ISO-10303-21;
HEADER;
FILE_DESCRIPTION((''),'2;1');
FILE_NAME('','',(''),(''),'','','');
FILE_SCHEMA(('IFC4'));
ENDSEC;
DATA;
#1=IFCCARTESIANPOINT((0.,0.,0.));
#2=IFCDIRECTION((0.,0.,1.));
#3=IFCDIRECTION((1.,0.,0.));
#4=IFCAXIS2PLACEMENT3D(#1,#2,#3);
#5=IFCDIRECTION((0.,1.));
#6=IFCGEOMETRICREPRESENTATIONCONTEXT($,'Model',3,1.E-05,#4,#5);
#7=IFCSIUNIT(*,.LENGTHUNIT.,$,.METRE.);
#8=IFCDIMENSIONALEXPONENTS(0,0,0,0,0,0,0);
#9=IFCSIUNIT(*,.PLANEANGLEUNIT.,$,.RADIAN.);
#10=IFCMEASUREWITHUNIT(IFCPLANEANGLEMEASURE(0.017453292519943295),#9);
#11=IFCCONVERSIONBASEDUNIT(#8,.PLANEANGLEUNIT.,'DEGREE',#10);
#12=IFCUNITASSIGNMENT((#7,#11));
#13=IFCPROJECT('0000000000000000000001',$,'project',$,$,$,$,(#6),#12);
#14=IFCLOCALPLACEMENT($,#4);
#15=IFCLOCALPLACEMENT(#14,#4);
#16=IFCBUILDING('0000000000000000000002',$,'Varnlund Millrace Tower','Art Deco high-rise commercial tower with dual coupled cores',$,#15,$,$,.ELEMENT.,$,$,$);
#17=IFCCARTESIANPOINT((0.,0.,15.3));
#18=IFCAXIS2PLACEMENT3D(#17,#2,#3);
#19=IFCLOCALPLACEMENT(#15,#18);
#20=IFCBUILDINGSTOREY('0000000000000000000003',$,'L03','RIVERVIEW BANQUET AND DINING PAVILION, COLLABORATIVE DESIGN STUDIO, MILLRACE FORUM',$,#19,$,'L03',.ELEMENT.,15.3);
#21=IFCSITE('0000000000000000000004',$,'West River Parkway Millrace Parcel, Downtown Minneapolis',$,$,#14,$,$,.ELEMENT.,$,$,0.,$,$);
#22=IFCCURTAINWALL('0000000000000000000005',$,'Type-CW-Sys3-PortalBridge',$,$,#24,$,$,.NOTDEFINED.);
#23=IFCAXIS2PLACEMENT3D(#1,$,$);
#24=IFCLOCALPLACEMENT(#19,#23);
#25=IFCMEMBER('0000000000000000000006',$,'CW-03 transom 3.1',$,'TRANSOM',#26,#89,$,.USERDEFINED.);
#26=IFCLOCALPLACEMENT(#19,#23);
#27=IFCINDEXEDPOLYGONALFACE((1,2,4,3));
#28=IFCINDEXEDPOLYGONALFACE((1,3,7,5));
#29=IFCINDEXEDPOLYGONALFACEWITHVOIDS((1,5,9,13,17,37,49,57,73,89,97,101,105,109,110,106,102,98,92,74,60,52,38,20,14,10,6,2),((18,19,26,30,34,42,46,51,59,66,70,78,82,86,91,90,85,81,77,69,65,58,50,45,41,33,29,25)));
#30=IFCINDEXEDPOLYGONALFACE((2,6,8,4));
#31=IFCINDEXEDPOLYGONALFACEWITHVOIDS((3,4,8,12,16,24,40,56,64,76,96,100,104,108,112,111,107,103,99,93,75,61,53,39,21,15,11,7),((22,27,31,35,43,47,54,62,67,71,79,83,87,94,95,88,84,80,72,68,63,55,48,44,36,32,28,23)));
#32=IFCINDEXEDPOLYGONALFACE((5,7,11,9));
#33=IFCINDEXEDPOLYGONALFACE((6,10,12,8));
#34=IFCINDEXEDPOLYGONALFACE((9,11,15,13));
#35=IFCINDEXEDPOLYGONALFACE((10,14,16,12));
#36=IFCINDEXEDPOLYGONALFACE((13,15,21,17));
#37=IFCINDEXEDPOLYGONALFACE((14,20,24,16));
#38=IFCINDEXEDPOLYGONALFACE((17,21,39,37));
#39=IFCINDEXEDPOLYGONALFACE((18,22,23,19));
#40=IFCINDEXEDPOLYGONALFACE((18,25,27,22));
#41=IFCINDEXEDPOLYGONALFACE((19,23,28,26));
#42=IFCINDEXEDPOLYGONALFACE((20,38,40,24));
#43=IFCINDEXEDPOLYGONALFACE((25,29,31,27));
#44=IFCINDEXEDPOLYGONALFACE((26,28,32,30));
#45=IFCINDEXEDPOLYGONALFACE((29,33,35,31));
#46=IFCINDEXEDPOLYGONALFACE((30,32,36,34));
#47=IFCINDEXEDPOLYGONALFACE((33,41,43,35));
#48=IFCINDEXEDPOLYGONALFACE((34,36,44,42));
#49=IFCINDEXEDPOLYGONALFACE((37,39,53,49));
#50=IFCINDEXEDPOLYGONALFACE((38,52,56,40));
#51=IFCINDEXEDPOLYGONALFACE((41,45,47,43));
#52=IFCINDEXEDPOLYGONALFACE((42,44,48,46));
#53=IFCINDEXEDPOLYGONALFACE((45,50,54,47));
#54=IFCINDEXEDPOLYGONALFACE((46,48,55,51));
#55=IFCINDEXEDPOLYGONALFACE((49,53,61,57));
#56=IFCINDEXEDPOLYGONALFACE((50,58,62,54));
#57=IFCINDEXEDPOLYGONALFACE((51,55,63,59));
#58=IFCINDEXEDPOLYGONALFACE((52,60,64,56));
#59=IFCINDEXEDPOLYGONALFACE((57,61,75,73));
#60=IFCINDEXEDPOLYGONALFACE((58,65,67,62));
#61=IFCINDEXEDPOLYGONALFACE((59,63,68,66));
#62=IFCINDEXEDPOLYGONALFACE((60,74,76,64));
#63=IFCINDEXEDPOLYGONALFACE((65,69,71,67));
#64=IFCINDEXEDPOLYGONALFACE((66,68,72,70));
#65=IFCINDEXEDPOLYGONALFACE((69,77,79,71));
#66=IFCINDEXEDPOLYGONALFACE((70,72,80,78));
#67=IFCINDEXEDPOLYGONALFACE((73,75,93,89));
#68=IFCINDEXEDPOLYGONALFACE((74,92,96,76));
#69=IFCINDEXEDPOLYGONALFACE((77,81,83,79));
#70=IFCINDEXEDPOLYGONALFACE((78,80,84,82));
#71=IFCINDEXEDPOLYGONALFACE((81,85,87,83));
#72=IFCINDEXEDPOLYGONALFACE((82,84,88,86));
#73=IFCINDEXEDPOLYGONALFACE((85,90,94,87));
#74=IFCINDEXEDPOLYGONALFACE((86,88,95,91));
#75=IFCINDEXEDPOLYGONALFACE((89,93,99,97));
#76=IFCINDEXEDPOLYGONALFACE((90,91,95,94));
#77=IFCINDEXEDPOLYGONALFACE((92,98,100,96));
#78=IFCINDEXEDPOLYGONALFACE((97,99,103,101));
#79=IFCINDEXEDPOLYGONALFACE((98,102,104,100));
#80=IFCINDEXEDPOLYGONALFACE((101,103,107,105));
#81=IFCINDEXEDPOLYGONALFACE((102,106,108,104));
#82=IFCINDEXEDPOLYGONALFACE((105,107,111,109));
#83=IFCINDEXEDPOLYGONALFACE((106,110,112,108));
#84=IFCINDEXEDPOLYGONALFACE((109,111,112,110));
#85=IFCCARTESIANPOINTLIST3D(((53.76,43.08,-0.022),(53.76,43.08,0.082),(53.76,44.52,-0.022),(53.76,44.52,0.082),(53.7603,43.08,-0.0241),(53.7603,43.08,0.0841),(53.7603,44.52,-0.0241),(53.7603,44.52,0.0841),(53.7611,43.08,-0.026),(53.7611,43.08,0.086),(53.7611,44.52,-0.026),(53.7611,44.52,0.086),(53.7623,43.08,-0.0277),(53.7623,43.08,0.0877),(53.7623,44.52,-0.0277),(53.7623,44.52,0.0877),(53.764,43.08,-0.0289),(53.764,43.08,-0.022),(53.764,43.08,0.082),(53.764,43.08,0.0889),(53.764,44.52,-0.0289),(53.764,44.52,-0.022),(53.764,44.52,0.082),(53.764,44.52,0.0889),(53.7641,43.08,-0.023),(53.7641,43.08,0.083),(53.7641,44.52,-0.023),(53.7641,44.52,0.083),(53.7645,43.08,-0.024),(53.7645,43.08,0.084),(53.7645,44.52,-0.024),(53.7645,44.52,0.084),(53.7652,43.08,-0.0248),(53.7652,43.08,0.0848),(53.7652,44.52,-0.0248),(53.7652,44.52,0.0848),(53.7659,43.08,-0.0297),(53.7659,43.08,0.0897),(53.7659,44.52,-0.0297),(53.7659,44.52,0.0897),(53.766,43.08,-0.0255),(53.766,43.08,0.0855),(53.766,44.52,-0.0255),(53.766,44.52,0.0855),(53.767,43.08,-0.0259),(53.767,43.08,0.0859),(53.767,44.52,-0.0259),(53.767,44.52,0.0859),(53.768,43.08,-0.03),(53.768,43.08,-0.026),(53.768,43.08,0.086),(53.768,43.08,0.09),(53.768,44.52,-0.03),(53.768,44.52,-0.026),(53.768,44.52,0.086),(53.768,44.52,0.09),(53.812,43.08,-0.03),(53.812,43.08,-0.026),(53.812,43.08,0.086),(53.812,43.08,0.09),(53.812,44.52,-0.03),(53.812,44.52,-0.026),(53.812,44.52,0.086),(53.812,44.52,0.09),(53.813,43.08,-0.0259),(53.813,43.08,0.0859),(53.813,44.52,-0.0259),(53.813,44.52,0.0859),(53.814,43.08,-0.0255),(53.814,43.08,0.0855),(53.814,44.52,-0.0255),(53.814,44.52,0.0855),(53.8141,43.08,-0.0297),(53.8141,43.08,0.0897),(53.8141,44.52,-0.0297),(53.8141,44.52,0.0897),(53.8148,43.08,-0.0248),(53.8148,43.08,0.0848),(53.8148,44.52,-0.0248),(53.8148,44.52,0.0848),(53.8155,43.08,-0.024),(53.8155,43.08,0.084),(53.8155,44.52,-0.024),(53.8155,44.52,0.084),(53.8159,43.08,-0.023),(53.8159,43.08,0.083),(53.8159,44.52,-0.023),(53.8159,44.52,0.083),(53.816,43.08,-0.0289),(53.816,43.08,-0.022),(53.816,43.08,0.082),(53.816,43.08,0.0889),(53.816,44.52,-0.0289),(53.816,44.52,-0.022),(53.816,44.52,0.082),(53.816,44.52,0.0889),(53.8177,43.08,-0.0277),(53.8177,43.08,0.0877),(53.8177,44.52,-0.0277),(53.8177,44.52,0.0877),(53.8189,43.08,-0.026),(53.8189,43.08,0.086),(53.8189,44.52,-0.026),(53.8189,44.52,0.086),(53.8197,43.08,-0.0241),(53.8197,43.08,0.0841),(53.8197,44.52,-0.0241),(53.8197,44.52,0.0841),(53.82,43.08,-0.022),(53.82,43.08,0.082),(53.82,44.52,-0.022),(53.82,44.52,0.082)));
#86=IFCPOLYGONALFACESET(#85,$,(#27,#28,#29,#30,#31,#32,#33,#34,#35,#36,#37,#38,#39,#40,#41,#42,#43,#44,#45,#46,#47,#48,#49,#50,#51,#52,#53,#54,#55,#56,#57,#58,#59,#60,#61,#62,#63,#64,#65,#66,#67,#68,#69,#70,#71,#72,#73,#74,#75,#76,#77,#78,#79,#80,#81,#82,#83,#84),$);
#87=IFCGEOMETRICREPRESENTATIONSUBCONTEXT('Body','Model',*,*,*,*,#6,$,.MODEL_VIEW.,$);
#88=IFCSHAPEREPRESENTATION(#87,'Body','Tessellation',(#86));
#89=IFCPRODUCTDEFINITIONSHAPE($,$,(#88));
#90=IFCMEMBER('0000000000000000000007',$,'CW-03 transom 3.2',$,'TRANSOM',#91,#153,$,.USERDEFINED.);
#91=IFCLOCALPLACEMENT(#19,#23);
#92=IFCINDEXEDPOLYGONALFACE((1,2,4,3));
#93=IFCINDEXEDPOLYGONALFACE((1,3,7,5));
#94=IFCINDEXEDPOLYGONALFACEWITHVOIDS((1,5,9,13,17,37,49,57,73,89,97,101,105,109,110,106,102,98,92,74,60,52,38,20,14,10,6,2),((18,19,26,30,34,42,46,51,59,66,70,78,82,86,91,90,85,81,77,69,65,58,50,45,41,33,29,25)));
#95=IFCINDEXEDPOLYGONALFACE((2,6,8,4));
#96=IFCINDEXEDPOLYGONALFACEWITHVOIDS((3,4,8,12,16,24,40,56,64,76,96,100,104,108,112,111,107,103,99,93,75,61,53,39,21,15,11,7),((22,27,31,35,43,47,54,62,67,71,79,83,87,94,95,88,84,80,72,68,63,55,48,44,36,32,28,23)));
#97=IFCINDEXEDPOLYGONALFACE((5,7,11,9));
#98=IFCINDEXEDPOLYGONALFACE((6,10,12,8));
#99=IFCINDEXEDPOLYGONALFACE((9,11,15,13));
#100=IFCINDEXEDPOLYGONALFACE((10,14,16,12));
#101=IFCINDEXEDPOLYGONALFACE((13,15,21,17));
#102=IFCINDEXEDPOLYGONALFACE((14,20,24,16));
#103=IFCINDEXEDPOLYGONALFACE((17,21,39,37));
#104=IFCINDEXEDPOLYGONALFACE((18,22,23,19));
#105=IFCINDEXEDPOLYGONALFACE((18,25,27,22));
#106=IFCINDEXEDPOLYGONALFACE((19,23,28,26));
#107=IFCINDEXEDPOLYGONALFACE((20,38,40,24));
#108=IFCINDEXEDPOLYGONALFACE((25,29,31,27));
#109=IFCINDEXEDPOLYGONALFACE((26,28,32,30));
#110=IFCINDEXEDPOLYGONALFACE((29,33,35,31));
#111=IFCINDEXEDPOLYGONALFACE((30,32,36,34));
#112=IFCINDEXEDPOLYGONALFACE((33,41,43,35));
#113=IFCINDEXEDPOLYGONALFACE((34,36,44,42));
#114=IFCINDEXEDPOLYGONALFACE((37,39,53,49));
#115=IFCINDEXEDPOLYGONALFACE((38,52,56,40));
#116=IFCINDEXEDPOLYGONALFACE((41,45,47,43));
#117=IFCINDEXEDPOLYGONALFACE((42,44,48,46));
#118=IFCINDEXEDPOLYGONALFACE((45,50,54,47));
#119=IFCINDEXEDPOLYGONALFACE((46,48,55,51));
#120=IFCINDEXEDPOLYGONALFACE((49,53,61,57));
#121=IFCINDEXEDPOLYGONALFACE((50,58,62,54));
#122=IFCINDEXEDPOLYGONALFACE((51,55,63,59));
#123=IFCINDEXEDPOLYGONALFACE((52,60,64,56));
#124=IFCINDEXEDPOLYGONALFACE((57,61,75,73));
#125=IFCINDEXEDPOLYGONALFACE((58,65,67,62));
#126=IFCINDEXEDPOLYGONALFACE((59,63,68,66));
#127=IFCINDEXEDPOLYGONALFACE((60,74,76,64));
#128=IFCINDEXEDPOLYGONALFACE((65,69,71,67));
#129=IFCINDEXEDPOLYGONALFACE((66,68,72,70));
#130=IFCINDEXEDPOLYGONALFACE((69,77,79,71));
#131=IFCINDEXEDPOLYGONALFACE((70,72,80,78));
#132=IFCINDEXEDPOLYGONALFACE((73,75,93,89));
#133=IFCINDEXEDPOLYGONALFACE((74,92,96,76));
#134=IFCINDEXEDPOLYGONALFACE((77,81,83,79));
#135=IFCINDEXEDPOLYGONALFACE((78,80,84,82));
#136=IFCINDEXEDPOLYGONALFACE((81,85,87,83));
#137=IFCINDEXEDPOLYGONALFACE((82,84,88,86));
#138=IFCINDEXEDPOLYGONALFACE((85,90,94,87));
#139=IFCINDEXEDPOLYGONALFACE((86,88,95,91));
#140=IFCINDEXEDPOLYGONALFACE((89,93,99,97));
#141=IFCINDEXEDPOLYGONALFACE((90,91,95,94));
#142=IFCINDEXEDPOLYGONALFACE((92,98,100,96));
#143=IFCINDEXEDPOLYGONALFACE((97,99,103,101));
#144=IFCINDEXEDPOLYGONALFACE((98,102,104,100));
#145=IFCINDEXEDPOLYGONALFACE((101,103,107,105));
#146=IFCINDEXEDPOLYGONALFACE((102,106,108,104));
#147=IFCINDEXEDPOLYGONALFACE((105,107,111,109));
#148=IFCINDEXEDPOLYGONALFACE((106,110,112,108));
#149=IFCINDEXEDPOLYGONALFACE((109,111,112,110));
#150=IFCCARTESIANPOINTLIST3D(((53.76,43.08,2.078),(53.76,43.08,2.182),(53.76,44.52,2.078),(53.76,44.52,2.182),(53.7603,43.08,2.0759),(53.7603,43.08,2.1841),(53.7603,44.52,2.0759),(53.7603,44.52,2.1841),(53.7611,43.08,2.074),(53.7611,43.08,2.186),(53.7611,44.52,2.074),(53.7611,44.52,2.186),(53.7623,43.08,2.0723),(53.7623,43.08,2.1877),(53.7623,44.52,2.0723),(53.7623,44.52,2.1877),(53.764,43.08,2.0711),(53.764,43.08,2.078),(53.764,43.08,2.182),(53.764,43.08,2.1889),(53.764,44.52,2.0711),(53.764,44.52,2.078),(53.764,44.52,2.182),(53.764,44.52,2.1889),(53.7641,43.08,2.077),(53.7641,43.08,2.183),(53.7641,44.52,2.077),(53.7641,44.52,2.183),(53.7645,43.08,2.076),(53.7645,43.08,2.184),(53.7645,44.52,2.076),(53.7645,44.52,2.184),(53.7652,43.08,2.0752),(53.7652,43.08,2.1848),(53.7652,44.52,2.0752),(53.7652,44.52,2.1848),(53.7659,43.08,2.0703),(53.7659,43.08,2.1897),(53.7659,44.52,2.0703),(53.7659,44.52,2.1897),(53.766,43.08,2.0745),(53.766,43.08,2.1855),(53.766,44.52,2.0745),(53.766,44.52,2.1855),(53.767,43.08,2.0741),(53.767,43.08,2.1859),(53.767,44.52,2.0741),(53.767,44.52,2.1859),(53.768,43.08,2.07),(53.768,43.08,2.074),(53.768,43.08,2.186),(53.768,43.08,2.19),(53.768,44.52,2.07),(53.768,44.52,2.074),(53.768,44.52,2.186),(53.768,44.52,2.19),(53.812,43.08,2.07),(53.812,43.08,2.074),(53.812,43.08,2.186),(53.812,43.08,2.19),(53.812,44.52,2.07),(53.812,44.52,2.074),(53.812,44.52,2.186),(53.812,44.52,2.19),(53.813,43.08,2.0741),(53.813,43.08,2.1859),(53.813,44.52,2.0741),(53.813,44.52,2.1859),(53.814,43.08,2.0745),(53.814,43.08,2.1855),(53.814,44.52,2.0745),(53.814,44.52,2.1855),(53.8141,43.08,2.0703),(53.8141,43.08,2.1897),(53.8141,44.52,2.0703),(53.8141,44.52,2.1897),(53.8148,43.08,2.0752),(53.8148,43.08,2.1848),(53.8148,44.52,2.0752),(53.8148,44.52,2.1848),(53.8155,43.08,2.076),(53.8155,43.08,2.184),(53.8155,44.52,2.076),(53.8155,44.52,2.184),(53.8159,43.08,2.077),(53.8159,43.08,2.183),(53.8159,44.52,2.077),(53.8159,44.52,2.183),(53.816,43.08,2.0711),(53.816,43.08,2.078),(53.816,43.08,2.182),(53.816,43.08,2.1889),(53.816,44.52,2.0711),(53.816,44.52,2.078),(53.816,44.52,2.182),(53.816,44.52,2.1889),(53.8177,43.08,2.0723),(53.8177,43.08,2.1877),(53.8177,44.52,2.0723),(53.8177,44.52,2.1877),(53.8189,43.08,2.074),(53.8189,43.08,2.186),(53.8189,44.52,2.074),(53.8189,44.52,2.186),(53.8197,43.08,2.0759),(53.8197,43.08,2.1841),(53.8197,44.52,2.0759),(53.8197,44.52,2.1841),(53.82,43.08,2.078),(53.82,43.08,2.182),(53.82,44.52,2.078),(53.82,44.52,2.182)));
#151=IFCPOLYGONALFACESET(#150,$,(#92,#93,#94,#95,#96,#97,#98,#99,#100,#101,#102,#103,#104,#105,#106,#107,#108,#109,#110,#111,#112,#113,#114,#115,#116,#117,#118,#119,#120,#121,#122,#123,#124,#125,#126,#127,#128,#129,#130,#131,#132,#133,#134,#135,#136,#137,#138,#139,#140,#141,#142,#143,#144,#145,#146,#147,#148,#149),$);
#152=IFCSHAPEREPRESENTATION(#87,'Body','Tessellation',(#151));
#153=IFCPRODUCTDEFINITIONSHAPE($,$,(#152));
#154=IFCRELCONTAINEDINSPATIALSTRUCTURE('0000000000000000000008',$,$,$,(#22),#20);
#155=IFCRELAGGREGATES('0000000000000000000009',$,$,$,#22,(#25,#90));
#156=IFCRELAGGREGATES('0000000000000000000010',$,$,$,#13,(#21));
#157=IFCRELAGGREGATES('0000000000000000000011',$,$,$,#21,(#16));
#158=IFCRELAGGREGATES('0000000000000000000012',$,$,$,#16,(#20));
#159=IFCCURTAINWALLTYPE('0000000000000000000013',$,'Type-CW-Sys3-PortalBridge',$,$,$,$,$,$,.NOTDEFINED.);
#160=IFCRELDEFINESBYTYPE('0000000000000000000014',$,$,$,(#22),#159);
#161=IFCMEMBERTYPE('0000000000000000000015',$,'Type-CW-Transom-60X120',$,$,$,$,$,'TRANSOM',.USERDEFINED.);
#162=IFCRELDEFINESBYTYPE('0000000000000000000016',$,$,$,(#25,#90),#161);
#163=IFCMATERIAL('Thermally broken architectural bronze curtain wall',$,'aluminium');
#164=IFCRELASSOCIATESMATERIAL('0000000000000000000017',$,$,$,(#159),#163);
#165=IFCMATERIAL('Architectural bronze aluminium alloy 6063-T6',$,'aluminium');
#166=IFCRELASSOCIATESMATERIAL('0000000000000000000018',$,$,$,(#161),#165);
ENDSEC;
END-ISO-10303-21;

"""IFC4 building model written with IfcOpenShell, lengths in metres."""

from ifc_helpers import new_model, entity, si_unit, converted_unit, direction, frame, origin_with_axes, origin_2d_with_axis, place, context, subcontext, project, spatial, hollow_rectangle, extrude, material, material_profile, profile_set, type_object, element, aggregate, save


model = new_model("IFC4")

# Units and contexts
model_context = context("Model", 3, precision=1e-05, world=origin_with_axes(), true_north=direction((0.0, 1.0)))
body_context = subcontext(model_context, "Body", "Model", "MODEL_VIEW")
ifc_project = project(units=[si_unit("LENGTHUNIT", "METRE"), converted_unit("PLANEANGLEUNIT", "DEGREE", entity("IfcPlaneAngleMeasure", 0.017453292519943295), si_unit("PLANEANGLEUNIT", "RADIAN"), dimensions=[0, 0, 0, 0, 0, 0, 0])], contexts=[model_context])

# Site, building, storey
site_placement = place(None, origin_with_axes())
site = spatial("IfcSite", under=ifc_project, at=site_placement, Name="West River Parkway Millrace Parcel, Downtown Minneapolis", CompositionType="ELEMENT", RefElevation=0.0)
building_placement = place(site_placement, origin_with_axes())
building = spatial("IfcBuilding", under=site, at=building_placement, Name="Varnlund Millrace Tower", Description="Art Deco high-rise commercial tower with dual coupled cores", CompositionType="ELEMENT")
storey_placement = place(building_placement, frame((0.0, 0.0, 15.3), z_axis=(0.0, 0.0, 1.0), x_axis=(1.0, 0.0, 0.0)))
storey = spatial("IfcBuildingStorey", under=building, at=storey_placement, Name="L03", Description="RIVERVIEW BANQUET AND DINING PAVILION, COLLABORATIVE DESIGN STUDIO, MILLRACE FORUM", LongName="L03", CompositionType="ELEMENT", Elevation=15.3)

# Curtain wall, members
ifc_material_1 = material(Name="Thermally broken architectural bronze curtain wall", Category="aluminium")
curtain_wall_type = type_object("IfcCurtainWallType", Name="Type-CW-Sys3-PortalBridge", PredefinedType="NOTDEFINED", material=ifc_material_1)
curtain_wall_placement = place(storey_placement, frame((53.79, 47.55, 0.0), z_axis=(0.0, 0.0, 1.0), x_axis=(1.0, 0.0, 0.0)))
curtain_wall = element("IfcCurtainWall", 1, at=curtain_wall_placement, inside=storey, type_object=curtain_wall_type, Name="Type-CW-Sys3-PortalBridge", PredefinedType="NOTDEFINED")
ifc_material_2 = material(Name="Architectural bronze aluminium alloy 6063-T6", Category="aluminium")
ifc_material_profile_1 = material_profile(ifc_material_2, hollow_rectangle(XDim=0.06, YDim=0.12, WallThickness=0.004, InnerFilletRadius=0.004, OuterFilletRadius=0.008, at=origin_2d_with_axis()), Name="Architectural bronze aluminium alloy 6063-T6")
ifc_profile_set_1 = profile_set([ifc_material_profile_1], Name="Architectural bronze aluminium alloy 6063-T6")
member_type_1 = type_object("IfcMemberType", Name="Type-CW-Transom-60X120", ElementType="TRANSOM", PredefinedType="USERDEFINED", material=ifc_profile_set_1)
member_1_placement = place(storey_placement, frame((53.79, 44.52, 0.03), z_axis=(0.0, -1.0, 0.0), x_axis=(1.0, 0.0, 0.0)))
member_1 = element("IfcMember", 2, at=member_1_placement, type_object=member_type_1, Name="CW-03 transom 3.1", ObjectType="TRANSOM", PredefinedType="USERDEFINED", context=body_context, shape_type="SweptSolid", body=[
    extrude(hollow_rectangle(XDim=0.06, YDim=0.12, WallThickness=0.004, InnerFilletRadius=0.004, OuterFilletRadius=0.008, at=origin_2d_with_axis()), origin_with_axes(), (0.0, 0.0, 1.0), 1.44),
])
member_2_placement = place(storey_placement, frame((53.79, 44.52, 2.13), z_axis=(0.0, -1.0, 0.0), x_axis=(1.0, 0.0, 0.0)))
member_2 = element("IfcMember", 3, at=member_2_placement, type_object=member_type_1, Name="CW-03 transom 3.2", ObjectType="TRANSOM", PredefinedType="USERDEFINED", context=body_context, shape_type="SweptSolid", body=[
    extrude(hollow_rectangle(XDim=0.06, YDim=0.12, WallThickness=0.004, InnerFilletRadius=0.004, OuterFilletRadius=0.008, at=origin_2d_with_axis()), origin_with_axes(), (0.0, 0.0, 1.0), 1.44),
])

aggregate(curtain_wall, [member_1, member_2])

save(model, "model.ifc")
